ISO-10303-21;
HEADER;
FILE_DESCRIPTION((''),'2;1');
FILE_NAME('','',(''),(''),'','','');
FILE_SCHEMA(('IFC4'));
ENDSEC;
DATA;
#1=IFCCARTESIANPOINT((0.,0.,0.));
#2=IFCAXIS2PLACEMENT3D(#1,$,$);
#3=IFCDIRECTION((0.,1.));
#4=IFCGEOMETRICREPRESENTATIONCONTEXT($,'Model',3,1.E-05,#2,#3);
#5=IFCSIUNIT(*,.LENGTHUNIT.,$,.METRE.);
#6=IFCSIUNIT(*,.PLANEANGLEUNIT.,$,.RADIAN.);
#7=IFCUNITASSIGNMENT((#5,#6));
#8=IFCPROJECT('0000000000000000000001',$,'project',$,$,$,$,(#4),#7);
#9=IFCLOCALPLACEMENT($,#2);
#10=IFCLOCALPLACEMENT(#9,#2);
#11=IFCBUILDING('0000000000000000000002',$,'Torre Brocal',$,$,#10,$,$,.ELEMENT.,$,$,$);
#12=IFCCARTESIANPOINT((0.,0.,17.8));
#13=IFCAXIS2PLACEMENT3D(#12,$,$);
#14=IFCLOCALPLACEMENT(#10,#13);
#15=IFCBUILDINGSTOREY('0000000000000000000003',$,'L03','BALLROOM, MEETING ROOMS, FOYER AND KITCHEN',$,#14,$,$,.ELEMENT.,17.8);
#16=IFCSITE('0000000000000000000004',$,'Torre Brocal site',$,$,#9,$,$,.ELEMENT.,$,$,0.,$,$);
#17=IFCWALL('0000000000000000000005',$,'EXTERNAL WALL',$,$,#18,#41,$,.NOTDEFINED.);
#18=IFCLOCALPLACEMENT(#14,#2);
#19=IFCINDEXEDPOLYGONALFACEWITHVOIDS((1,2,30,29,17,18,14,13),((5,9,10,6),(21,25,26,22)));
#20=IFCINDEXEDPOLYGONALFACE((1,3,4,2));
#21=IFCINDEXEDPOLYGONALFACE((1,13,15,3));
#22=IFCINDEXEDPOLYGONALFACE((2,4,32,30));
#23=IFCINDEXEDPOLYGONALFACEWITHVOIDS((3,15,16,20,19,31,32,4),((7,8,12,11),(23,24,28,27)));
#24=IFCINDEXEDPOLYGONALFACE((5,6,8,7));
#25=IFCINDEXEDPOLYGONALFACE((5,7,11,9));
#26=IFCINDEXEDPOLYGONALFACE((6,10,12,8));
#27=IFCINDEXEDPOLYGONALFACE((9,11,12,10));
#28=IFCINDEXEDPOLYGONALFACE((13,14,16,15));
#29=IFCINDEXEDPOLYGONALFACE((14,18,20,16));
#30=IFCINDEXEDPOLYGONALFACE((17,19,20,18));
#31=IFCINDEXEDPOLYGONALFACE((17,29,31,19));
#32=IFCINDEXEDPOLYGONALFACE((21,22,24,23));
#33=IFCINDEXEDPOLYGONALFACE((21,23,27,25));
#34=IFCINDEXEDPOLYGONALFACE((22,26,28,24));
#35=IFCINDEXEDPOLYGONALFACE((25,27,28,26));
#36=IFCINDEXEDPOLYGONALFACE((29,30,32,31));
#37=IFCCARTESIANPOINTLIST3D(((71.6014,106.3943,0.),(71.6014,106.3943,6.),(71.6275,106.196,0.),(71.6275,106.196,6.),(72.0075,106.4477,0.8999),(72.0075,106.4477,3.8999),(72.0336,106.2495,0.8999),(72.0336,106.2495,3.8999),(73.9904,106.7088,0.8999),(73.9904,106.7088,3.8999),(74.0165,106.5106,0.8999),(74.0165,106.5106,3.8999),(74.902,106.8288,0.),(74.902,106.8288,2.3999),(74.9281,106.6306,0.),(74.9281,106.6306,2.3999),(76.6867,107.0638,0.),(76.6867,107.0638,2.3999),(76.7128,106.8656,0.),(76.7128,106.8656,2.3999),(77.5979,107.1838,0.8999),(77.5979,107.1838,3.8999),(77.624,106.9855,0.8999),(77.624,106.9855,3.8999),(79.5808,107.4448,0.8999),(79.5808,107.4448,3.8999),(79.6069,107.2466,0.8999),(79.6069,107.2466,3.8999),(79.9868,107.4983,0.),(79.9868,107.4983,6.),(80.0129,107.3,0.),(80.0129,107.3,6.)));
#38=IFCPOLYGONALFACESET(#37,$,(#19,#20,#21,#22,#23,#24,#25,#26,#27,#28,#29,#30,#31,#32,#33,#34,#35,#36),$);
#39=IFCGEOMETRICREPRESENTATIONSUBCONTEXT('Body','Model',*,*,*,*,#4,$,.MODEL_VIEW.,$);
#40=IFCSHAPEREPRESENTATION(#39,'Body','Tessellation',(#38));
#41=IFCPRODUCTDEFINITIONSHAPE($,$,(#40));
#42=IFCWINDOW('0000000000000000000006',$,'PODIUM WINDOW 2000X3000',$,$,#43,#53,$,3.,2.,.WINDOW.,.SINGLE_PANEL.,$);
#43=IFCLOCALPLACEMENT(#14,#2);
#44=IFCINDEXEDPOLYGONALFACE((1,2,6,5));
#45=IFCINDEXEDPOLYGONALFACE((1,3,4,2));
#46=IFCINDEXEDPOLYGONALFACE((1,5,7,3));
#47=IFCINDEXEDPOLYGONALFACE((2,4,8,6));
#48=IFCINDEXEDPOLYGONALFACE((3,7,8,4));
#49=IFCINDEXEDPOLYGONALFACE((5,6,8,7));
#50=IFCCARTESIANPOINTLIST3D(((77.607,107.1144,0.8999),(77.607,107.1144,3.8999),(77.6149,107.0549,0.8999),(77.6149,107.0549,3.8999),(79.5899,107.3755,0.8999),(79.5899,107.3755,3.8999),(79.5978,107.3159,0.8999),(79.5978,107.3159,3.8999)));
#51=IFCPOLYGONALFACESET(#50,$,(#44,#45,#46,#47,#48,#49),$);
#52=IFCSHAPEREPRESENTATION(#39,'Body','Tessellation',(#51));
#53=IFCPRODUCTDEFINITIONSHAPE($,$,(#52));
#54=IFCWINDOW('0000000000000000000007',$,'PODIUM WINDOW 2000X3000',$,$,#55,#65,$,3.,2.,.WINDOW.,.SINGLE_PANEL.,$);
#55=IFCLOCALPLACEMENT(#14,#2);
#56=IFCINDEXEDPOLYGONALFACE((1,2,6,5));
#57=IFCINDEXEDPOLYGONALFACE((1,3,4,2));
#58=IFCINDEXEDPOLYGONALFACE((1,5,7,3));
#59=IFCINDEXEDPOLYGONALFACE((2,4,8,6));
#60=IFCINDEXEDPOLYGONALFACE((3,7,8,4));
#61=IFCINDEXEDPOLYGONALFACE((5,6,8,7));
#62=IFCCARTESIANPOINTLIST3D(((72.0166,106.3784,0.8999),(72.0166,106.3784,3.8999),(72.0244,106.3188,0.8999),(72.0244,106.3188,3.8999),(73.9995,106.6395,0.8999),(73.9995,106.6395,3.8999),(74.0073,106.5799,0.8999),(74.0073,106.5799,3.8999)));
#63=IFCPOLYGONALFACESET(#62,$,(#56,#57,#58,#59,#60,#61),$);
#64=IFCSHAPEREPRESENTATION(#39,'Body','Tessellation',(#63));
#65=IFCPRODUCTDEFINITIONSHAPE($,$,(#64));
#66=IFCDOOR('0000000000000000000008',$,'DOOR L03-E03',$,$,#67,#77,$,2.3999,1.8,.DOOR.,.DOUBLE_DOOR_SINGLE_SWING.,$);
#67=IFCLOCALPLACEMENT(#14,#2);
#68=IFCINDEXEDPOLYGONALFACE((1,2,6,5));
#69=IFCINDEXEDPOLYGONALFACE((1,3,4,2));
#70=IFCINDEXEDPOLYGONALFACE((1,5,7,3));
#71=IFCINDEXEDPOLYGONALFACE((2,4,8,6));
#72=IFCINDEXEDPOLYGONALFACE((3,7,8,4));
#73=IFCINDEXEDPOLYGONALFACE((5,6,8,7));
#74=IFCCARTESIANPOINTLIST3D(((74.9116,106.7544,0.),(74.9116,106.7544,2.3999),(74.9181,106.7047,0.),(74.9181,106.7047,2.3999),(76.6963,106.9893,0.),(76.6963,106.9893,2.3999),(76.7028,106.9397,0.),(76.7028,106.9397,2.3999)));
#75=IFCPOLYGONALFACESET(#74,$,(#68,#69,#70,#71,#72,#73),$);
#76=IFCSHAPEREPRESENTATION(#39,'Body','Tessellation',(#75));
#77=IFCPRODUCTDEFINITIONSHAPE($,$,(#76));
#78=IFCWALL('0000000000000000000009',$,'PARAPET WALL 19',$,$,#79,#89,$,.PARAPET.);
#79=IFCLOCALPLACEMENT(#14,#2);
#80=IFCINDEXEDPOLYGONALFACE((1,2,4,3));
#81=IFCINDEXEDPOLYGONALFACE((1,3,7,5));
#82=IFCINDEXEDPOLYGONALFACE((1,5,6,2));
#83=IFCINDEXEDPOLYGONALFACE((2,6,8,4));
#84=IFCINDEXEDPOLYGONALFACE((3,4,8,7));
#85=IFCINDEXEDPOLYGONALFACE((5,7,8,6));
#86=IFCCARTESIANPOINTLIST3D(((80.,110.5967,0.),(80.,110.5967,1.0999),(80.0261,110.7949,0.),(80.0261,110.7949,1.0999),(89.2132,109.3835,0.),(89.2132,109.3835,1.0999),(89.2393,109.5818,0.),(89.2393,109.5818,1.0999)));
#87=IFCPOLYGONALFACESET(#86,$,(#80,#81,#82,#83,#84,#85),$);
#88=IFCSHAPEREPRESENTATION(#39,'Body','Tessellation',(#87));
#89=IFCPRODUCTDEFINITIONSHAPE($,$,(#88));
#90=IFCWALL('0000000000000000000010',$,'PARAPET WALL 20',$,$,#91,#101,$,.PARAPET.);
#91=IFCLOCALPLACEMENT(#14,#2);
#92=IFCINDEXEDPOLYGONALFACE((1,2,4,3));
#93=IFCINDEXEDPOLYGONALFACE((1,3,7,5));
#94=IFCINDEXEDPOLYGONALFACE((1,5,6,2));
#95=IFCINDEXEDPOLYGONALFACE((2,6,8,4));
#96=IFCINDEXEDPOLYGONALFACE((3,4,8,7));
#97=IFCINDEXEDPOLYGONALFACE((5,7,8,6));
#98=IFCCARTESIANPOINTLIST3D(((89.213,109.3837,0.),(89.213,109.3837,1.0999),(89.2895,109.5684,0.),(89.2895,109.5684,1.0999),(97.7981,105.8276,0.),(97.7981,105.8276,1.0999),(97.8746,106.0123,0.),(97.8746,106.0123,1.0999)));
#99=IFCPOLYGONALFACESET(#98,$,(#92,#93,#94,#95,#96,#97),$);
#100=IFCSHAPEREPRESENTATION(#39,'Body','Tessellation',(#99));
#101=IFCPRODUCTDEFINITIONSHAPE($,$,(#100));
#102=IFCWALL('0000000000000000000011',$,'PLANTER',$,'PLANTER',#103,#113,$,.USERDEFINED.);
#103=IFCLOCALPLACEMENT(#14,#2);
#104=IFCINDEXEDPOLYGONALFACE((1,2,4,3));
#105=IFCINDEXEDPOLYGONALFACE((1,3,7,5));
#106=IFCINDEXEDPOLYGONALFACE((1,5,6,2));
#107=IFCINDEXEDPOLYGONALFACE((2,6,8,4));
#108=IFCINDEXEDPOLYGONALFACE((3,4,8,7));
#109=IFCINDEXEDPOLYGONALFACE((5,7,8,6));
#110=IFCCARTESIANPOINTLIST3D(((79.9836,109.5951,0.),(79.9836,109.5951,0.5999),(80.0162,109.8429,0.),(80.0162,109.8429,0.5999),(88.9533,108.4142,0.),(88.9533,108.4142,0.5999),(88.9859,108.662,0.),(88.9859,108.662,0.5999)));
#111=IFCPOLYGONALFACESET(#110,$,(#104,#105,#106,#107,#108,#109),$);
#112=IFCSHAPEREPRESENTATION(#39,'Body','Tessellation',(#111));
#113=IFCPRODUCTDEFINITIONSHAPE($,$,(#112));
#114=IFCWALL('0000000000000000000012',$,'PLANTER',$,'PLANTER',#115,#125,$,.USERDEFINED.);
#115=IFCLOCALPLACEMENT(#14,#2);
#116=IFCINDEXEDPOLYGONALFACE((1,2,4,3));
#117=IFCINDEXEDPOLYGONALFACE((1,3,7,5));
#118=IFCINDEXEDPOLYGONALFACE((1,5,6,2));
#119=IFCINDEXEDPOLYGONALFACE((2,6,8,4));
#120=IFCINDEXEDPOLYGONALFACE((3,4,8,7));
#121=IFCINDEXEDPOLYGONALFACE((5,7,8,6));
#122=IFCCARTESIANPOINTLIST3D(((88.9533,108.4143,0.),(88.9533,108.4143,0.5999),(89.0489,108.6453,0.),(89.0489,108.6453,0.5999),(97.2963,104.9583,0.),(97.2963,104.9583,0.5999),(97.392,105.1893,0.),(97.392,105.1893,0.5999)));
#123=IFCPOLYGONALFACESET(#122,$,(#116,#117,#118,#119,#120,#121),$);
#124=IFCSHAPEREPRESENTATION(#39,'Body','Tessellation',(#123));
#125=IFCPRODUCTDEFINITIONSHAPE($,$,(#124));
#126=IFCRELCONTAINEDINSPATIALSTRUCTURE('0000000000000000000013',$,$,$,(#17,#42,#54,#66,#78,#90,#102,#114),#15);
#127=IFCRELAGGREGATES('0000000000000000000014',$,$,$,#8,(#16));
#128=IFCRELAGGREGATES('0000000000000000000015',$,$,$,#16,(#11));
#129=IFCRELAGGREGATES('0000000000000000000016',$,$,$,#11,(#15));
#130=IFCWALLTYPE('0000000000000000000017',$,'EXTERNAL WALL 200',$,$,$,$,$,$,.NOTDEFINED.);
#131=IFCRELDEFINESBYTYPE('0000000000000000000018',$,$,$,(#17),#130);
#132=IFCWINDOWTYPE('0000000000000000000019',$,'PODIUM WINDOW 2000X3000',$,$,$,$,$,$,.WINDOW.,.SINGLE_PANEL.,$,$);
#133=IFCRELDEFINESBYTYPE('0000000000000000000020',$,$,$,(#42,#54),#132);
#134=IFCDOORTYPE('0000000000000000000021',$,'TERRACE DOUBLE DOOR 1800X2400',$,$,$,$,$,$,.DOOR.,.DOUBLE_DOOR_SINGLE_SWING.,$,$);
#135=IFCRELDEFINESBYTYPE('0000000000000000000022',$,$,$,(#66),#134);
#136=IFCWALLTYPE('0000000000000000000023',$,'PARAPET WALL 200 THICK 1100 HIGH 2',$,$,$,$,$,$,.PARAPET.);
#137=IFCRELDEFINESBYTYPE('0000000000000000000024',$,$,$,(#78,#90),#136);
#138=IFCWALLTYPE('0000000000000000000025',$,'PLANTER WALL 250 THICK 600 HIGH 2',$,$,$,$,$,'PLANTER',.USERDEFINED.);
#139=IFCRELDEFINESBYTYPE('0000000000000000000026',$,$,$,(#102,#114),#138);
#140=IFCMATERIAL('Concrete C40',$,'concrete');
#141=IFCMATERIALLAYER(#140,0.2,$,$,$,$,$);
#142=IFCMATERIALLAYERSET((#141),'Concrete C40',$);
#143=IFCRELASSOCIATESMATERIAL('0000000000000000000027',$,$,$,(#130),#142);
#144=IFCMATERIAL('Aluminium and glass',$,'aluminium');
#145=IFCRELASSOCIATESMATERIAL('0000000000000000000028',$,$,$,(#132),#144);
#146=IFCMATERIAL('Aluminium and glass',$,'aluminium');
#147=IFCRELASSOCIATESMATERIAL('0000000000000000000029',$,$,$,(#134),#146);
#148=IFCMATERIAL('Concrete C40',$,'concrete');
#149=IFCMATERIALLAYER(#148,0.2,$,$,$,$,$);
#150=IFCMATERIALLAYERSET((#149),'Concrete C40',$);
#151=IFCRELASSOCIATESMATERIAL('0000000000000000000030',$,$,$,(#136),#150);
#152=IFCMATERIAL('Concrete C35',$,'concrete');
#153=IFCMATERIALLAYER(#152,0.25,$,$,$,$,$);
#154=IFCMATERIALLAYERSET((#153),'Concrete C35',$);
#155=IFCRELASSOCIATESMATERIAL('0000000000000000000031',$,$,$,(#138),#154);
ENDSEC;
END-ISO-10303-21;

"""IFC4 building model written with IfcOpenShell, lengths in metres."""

from ifc_helpers import new_model, si_unit, direction, frame, frame_2d, origin, place, context, subcontext, project, spatial, rectangle, extrude, material, layer, layer_set, type_object, element, fill, save


model = new_model("IFC4")

# Units and contexts
model_context = context("Model", 3, precision=1e-05, world=origin(), true_north=direction((0.0, 1.0)))
body_context = subcontext(model_context, "Body", "Model", "MODEL_VIEW")
ifc_project = project(units=[si_unit("LENGTHUNIT", "METRE"), si_unit("PLANEANGLEUNIT", "RADIAN")], contexts=[model_context])

# Site, building, storey
site_placement = place(None, origin())
site = spatial("IfcSite", under=ifc_project, at=site_placement, Name="Torre Brocal site", CompositionType="ELEMENT", RefElevation=0.0)
building_placement = place(site_placement, origin())
building = spatial("IfcBuilding", under=site, at=building_placement, Name="Torre Brocal", CompositionType="ELEMENT")
storey_placement = place(building_placement, frame((0.0, 0.0, 17.8)))
storey = spatial("IfcBuildingStorey", under=building, at=storey_placement, Name="L03", Description="BALLROOM, MEETING ROOMS, FOYER AND KITCHEN", CompositionType="ELEMENT", Elevation=17.8)

# Wall, openings, windows, door
ifc_material_1 = material(Name="Concrete C40", Category="concrete")
ifc_layer_1 = layer(ifc_material_1, 0.2)
ifc_layer_set_1 = layer_set([ifc_layer_1], Name="Concrete C40")
wall_type_1 = type_object("IfcWallType", Name="EXTERNAL WALL 200", PredefinedType="NOTDEFINED", material=ifc_layer_set_1)
wall_1_placement = place(storey_placement, frame((80.0, 107.3992, 0.0), z_axis=(0.0, 0.0, 1.0), x_axis=(-0.991444, -0.13053, 0.0)))
wall_1 = element("IfcWall", 1, at=wall_1_placement, inside=storey, type_object=wall_type_1, Name="EXTERNAL WALL", PredefinedType="NOTDEFINED", context=body_context, shape_type="SweptSolid", body=[
    extrude(rectangle(XDim=8.4578, YDim=0.2, at=frame_2d((4.229, 0.0))), origin(), (0.0, 0.0, 1.0), 6.0),
])
opening_1_placement = place(wall_1_placement, frame((0.4097, 0.0, 0.8999)))
opening_1 = element("IfcOpeningElement", 2, at=opening_1_placement, cuts=wall_1, PredefinedType="OPENING", context=body_context, shape_type="SweptSolid", body=[
    extrude(rectangle(XDim=2.0, YDim=3.0, at=frame_2d((1.0, 1.5))), frame((0.0, 0.1099, 0.0), z_axis=(0.0, -1.0, 0.0), x_axis=(1.0, 0.0, 0.0)), (0.0, 0.0, 1.0), 0.22),
])
opening_2_placement = place(wall_1_placement, frame((3.3289, 0.0, 0.0)))
opening_2 = element("IfcOpeningElement", 3, at=opening_2_placement, cuts=wall_1, PredefinedType="OPENING", context=body_context, shape_type="SweptSolid", body=[
    extrude(rectangle(XDim=1.8, YDim=2.3999, at=frame_2d((0.8999, 1.2))), frame((0.0, 0.1099, 0.0), z_axis=(0.0, -1.0, 0.0), x_axis=(1.0, 0.0, 0.0)), (0.0, 0.0, 1.0), 0.22),
])
opening_3_placement = place(wall_1_placement, frame((6.0483, 0.0, 0.8999)))
opening_3 = element("IfcOpeningElement", 4, at=opening_3_placement, cuts=wall_1, PredefinedType="OPENING", context=body_context, shape_type="SweptSolid", body=[
    extrude(rectangle(XDim=2.0, YDim=3.0, at=frame_2d((1.0, 1.5))), frame((0.0, 0.1099, 0.0), z_axis=(0.0, -1.0, 0.0), x_axis=(1.0, 0.0, 0.0)), (0.0, 0.0, 1.0), 0.22),
])
ifc_material_2 = material(Name="Aluminium and glass", Category="aluminium")
window_type = type_object("IfcWindowType", Name="PODIUM WINDOW 2000X3000", PartitioningType="SINGLE_PANEL", PredefinedType="WINDOW", material=ifc_material_2)
window_1_placement = place(opening_1_placement, origin())
window_1 = element("IfcWindow", 5, at=window_1_placement, inside=storey, type_object=window_type, Name="PODIUM WINDOW 2000X3000", OverallHeight=3.0, OverallWidth=2.0, PartitioningType="SINGLE_PANEL", PredefinedType="WINDOW", context=body_context, shape_type="SweptSolid", body=[
    extrude(rectangle(XDim=2.0, YDim=3.0, at=frame_2d((1.0, 1.5))), frame((0.0, 0.03, 0.0), z_axis=(0.0, -1.0, 0.0), x_axis=(1.0, 0.0, 0.0)), (0.0, 0.0, 1.0), 0.0601),
])
fill(opening_1, window_1)
window_2_placement = place(opening_3_placement, origin())
window_2 = element("IfcWindow", 6, at=window_2_placement, inside=storey, type_object=window_type, Name="PODIUM WINDOW 2000X3000", OverallHeight=3.0, OverallWidth=2.0, PartitioningType="SINGLE_PANEL", PredefinedType="WINDOW", context=body_context, shape_type="SweptSolid", body=[
    extrude(rectangle(XDim=2.0, YDim=3.0, at=frame_2d((1.0, 1.5))), frame((0.0, 0.03, 0.0), z_axis=(0.0, -1.0, 0.0), x_axis=(1.0, 0.0, 0.0)), (0.0, 0.0, 1.0), 0.0601),
])
fill(opening_3, window_2)
ifc_material_3 = material(Name="Aluminium and glass", Category="aluminium")
door_type = type_object("IfcDoorType", Name="TERRACE DOUBLE DOOR 1800X2400", OperationType="DOUBLE_DOOR_SINGLE_SWING", PredefinedType="DOOR", material=ifc_material_3)
door_placement = place(opening_2_placement, frame((1.8, 0.0, 0.0), z_axis=(0.0, 0.0, 1.0), x_axis=(-1.0, 0.0, 0.0)))
door = element("IfcDoor", 7, at=door_placement, inside=storey, type_object=door_type, Name="DOOR L03-E03", OperationType="DOUBLE_DOOR_SINGLE_SWING", OverallHeight=2.3999, OverallWidth=1.8, PredefinedType="DOOR", context=body_context, shape_type="SweptSolid", body=[
    extrude(rectangle(XDim=1.8, YDim=2.3999, at=frame_2d((0.8999, 1.2))), frame((0.0, 0.0249, 0.0), z_axis=(0.0, -1.0, 0.0), x_axis=(1.0, 0.0, 0.0)), (0.0, 0.0, 1.0), 0.05),
])
fill(opening_2, door)

# Walls
ifc_material_4 = material(Name="Concrete C40", Category="concrete")
ifc_layer_2 = layer(ifc_material_4, 0.2)
ifc_layer_set_2 = layer_set([ifc_layer_2], Name="Concrete C40")
wall_type_2 = type_object("IfcWallType", Name="PARAPET WALL 200 THICK 1100 HIGH 2", PredefinedType="PARAPET", material=ifc_layer_set_2)
wall_2_placement = place(storey_placement, frame((80.0129, 110.6958, 0.0), z_axis=(0.0, 0.0, 1.0), x_axis=(0.991442, -0.130548, 0.0)))
element("IfcWall", 8, at=wall_2_placement, inside=storey, type_object=wall_type_2, Name="PARAPET WALL 19", PredefinedType="PARAPET", context=body_context, shape_type="SweptSolid", body=[
    extrude(rectangle(XDim=9.2927, YDim=0.2, at=frame_2d((4.6465, 0.0))), origin(), (0.0, 0.0, 1.0), 1.0999),
])
wall_3_placement = place(storey_placement, frame((89.2512, 109.4761, 0.0), z_axis=(0.0, 0.0, 1.0), x_axis=(0.923878, -0.382687, 0.0)))
element("IfcWall", 9, at=wall_3_placement, inside=storey, type_object=wall_type_2, Name="PARAPET WALL 20", PredefinedType="PARAPET", context=body_context, shape_type="SweptSolid", body=[
    extrude(rectangle(XDim=9.2925, YDim=0.2, at=frame_2d((4.6462, 0.0))), origin(), (0.0, 0.0, 1.0), 1.0999),
])
ifc_material_5 = material(Name="Concrete C35", Category="concrete")
ifc_layer_3 = layer(ifc_material_5, 0.25)
ifc_layer_set_3 = layer_set([ifc_layer_3], Name="Concrete C35")
wall_type_3 = type_object("IfcWallType", Name="PLANTER WALL 250 THICK 600 HIGH 2", ElementType="PLANTER", PredefinedType="USERDEFINED", material=ifc_layer_set_3)
wall_4_placement = place(storey_placement, frame((80.0, 109.719, 0.0), z_axis=(0.0, 0.0, 1.0), x_axis=(0.991445, -0.130529, 0.0)))
element("IfcWall", 10, at=wall_4_placement, inside=storey, type_object=wall_type_3, Name="PLANTER", ObjectType="PLANTER", PredefinedType="USERDEFINED", context=body_context, shape_type="SweptSolid", body=[
    extrude(rectangle(XDim=9.0471, YDim=0.25, at=frame_2d((4.5234, 0.0))), origin(), (0.0, 0.0, 1.0), 0.5999),
])
wall_5_placement = place(storey_placement, frame((89.0012, 108.5298, 0.0), z_axis=(0.0, 0.0, 1.0), x_axis=(0.923869, -0.382708, 0.0)))
element("IfcWall", 11, at=wall_5_placement, inside=storey, type_object=wall_type_3, Name="PLANTER", ObjectType="PLANTER", PredefinedType="USERDEFINED", context=body_context, shape_type="SweptSolid", body=[
    extrude(rectangle(XDim=9.0305, YDim=0.25, at=frame_2d((4.5151, 0.0))), origin(), (0.0, 0.0, 1.0), 0.5999),
])

save(model, "model.ifc")
